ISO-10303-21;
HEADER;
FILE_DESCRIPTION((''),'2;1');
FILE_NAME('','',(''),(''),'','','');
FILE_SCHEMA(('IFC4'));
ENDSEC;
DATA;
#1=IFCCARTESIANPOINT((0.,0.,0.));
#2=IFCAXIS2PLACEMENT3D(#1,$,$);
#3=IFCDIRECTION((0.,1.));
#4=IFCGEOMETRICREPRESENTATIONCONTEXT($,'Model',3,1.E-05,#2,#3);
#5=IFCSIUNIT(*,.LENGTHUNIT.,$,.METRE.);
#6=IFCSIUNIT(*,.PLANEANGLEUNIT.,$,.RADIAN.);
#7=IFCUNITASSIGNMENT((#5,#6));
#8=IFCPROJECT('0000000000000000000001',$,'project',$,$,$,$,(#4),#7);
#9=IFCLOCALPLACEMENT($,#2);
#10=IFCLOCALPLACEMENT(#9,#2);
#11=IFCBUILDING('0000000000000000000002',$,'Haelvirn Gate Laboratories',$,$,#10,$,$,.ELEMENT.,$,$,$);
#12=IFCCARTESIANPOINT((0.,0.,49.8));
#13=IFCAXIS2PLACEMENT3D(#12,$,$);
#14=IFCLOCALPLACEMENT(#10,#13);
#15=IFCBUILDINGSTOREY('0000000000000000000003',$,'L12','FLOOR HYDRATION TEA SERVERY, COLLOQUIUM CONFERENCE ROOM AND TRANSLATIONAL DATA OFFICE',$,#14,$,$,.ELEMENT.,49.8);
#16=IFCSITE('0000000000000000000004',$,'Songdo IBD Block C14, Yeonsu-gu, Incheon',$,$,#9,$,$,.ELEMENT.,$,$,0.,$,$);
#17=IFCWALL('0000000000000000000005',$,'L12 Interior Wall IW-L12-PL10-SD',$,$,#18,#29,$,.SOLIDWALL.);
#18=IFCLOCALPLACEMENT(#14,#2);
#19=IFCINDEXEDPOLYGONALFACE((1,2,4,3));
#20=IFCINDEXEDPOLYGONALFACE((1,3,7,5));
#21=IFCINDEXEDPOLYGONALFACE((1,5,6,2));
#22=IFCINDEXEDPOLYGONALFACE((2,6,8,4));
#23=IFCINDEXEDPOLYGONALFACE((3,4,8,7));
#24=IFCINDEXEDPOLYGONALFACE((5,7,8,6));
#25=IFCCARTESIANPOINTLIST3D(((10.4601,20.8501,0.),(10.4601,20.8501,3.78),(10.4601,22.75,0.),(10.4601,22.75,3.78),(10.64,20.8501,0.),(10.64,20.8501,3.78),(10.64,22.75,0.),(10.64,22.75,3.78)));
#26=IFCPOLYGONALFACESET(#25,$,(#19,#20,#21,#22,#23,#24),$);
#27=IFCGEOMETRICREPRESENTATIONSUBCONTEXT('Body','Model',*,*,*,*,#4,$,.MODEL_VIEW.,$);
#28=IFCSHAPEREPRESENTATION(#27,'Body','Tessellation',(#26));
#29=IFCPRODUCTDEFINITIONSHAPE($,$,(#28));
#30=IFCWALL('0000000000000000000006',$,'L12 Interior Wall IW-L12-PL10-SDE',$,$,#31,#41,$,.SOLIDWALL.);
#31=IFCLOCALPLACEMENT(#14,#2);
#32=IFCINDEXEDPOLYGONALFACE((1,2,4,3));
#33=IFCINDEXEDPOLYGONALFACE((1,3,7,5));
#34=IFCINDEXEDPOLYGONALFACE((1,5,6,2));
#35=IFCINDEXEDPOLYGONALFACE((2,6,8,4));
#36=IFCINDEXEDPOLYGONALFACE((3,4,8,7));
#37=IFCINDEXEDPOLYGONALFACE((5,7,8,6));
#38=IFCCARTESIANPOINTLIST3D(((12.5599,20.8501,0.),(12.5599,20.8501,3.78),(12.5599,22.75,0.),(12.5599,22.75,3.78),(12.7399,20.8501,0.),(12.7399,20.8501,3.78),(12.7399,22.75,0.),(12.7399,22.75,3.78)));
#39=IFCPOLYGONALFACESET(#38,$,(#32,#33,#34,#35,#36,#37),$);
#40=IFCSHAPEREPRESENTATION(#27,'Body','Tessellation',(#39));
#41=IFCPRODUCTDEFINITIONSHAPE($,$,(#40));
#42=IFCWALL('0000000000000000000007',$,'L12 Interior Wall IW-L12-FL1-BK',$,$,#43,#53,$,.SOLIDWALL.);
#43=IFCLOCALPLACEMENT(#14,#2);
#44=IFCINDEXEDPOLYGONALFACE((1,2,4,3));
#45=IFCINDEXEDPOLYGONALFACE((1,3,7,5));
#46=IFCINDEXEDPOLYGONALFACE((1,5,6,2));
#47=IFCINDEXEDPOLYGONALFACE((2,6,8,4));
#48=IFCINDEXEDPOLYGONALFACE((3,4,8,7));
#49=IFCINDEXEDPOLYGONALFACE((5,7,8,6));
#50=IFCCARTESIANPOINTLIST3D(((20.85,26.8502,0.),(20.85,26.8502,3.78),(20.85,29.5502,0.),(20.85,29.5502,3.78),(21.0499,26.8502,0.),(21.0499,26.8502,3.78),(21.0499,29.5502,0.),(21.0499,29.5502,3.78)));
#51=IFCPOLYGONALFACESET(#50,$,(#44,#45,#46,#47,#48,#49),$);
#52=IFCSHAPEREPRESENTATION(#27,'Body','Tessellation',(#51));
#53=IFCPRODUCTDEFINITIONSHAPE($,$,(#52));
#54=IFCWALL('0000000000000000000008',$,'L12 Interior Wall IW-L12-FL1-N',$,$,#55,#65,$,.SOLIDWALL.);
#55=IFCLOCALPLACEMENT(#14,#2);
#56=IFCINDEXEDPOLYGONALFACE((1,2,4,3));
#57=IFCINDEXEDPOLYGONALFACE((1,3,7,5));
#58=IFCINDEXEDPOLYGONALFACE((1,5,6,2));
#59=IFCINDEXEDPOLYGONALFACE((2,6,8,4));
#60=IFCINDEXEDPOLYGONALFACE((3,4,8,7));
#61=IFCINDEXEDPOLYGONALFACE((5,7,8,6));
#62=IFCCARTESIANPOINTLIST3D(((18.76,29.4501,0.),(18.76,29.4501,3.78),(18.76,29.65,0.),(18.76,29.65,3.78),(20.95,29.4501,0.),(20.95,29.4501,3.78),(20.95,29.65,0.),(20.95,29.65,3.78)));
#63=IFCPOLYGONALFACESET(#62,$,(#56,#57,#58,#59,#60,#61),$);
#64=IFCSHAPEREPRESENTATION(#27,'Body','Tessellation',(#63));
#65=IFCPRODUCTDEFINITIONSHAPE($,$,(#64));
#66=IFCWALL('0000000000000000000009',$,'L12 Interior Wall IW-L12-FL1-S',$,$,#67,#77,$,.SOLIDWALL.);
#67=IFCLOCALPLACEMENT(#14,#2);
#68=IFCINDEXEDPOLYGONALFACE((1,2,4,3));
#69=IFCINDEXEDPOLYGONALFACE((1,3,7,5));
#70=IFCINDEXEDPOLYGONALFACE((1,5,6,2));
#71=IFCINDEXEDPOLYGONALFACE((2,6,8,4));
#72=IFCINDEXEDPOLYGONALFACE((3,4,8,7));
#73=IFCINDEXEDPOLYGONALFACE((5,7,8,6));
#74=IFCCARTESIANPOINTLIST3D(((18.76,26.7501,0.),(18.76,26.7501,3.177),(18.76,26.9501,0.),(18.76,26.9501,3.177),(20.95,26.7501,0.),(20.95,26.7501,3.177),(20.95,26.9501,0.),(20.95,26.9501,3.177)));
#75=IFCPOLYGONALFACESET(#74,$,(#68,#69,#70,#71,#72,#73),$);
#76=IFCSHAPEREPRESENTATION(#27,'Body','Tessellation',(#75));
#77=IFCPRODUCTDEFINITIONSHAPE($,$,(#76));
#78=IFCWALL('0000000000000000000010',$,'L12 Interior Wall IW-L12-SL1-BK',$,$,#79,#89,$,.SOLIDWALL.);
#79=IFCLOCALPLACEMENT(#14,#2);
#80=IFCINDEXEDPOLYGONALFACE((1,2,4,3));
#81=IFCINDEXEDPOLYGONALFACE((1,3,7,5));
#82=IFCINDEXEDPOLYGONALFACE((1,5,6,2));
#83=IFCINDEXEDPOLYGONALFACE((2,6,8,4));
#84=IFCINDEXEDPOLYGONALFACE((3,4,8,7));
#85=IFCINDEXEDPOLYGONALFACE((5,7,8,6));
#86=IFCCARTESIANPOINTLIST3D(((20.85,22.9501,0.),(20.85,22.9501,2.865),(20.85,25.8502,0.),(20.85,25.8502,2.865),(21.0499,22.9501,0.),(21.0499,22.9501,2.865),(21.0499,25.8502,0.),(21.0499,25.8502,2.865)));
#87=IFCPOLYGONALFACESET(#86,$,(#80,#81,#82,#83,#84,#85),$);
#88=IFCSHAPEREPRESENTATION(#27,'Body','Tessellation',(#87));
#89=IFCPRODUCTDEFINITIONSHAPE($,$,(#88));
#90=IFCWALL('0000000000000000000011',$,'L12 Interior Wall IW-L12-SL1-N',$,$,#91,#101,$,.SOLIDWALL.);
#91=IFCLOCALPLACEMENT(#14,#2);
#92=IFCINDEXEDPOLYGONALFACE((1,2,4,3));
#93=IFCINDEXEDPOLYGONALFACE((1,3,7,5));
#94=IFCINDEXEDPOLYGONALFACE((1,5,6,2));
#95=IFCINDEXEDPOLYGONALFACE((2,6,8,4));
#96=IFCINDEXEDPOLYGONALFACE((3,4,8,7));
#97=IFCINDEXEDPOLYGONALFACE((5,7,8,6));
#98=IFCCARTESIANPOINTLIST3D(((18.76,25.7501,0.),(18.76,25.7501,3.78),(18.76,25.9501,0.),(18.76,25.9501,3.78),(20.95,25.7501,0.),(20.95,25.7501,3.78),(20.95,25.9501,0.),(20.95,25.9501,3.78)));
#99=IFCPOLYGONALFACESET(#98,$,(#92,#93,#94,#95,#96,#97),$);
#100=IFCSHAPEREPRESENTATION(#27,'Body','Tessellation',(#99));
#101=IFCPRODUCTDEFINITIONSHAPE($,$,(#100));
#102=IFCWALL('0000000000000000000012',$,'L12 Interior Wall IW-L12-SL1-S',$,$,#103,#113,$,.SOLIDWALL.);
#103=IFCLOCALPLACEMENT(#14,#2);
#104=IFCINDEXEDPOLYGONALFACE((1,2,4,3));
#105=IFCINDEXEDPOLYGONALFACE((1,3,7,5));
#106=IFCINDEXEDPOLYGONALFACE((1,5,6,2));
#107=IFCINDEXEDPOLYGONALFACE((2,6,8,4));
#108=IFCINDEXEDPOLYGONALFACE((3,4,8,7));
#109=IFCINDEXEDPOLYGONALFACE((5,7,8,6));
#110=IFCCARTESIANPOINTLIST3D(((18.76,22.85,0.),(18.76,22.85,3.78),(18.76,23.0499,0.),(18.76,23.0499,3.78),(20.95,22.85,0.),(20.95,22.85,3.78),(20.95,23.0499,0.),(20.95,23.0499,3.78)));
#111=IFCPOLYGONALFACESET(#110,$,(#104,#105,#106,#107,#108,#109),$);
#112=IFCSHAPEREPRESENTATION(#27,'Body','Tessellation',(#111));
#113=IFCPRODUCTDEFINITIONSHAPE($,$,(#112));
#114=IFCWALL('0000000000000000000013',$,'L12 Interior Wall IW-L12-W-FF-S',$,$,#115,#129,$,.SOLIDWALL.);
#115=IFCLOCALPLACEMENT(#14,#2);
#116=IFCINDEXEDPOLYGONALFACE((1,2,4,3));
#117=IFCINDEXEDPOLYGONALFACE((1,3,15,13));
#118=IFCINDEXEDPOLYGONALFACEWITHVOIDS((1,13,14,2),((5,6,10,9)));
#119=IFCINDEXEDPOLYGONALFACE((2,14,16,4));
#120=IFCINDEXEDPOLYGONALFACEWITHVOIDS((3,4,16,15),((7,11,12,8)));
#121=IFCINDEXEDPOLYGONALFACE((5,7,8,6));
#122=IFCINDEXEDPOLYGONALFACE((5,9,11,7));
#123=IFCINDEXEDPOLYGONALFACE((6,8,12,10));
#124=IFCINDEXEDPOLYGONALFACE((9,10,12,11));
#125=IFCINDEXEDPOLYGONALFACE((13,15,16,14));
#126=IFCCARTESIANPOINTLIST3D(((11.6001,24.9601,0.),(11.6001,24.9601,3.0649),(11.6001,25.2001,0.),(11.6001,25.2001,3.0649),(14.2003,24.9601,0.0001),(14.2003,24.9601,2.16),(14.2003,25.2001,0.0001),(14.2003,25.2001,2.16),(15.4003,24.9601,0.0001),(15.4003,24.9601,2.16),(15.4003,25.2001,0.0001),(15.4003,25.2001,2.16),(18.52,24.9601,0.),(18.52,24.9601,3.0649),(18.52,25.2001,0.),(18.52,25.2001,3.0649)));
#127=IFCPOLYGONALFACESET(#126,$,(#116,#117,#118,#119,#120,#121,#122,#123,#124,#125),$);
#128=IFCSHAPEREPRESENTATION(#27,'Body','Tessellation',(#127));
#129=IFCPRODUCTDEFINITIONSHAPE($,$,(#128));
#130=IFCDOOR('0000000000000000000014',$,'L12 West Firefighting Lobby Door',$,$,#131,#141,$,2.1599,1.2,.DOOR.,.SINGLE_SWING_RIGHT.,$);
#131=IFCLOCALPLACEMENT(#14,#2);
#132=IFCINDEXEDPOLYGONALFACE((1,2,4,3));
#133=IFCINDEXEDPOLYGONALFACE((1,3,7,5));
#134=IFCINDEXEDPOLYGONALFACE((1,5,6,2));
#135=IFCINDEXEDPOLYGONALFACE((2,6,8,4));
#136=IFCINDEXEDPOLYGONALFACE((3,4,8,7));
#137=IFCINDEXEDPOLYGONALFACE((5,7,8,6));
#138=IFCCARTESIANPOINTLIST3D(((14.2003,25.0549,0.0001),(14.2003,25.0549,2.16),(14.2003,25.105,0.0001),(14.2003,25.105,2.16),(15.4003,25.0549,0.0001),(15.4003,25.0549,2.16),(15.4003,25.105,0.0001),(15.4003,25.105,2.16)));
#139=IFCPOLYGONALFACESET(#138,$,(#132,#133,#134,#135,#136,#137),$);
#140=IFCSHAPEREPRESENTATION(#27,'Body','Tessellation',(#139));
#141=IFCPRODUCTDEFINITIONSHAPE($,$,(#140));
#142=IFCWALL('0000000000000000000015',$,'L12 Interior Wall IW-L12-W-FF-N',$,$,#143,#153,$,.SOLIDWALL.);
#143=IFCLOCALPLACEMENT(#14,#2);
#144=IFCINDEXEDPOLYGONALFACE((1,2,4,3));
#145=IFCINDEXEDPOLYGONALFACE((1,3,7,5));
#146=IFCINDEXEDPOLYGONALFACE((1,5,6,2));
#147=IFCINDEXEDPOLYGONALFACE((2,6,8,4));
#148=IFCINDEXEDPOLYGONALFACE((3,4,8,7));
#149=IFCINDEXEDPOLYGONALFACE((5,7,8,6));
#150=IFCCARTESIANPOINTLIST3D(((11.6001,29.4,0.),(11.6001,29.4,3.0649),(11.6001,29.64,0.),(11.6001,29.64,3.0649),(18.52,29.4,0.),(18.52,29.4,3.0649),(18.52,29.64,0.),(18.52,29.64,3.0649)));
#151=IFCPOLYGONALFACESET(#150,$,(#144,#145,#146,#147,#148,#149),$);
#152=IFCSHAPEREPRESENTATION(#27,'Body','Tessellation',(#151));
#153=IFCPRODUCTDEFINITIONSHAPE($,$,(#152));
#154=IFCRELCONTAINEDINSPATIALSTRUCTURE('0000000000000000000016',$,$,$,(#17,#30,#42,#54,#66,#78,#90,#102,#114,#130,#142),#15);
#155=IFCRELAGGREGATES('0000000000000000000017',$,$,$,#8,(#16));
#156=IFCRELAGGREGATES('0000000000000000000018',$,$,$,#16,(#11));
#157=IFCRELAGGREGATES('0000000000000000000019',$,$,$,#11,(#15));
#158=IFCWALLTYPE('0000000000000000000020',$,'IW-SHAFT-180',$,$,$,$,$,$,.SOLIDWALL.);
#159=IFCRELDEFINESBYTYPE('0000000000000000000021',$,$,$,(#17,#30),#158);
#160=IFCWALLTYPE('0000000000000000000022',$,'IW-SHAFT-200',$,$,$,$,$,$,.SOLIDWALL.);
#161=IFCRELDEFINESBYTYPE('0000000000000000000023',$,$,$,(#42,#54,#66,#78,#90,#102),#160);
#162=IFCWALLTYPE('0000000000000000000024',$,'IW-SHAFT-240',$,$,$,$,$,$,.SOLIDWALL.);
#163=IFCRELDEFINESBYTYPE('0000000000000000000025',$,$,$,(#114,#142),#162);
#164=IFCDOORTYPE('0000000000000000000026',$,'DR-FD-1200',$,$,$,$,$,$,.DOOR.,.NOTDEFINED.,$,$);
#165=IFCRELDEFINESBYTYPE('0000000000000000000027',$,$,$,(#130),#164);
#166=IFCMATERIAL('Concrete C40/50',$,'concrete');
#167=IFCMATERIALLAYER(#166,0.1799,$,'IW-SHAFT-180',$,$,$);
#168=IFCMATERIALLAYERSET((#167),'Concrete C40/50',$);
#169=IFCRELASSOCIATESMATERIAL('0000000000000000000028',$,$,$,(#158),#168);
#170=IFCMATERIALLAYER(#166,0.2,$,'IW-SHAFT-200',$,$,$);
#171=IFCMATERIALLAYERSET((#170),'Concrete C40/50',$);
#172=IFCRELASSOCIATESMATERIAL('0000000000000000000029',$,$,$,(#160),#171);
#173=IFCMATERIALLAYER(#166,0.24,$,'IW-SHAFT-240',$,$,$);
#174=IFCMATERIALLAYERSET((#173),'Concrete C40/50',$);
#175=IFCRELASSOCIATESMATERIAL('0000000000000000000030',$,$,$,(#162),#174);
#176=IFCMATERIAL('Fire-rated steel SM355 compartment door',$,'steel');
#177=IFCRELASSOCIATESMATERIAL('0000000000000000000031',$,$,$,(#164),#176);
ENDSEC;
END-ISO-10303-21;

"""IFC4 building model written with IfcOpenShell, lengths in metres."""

from ifc_helpers import new_model, si_unit, direction, frame, frame_2d, origin, place, context, subcontext, project, spatial, rectangle, extrude, source, transform, mapped, material, layer, layer_set, type_object, type_shapes, element, fill, save


model = new_model("IFC4")

# Units and contexts
model_context = context("Model", 3, precision=1e-05, world=origin(), true_north=direction((0.0, 1.0)))
body_context = subcontext(model_context, "Body", "Model", "MODEL_VIEW")
ifc_project = project(units=[si_unit("LENGTHUNIT", "METRE"), si_unit("PLANEANGLEUNIT", "RADIAN")], contexts=[model_context])

# Site, building, storey
site_placement = place(None, origin())
site = spatial("IfcSite", under=ifc_project, at=site_placement, Name="Songdo IBD Block C14, Yeonsu-gu, Incheon", CompositionType="ELEMENT", RefElevation=0.0)
building_placement = place(site_placement, origin())
building = spatial("IfcBuilding", under=site, at=building_placement, Name="Haelvirn Gate Laboratories", CompositionType="ELEMENT")
storey_placement = place(building_placement, frame((0.0, 0.0, 49.8)))
storey = spatial("IfcBuildingStorey", under=building, at=storey_placement, Name="L12", Description="FLOOR HYDRATION TEA SERVERY, COLLOQUIUM CONFERENCE ROOM AND TRANSLATIONAL DATA OFFICE", CompositionType="ELEMENT", Elevation=49.8)

# Walls
ifc_material_1 = material(Name="Concrete C40/50", Category="concrete")
ifc_layer_1 = layer(ifc_material_1, 0.1799, Name="IW-SHAFT-180")
ifc_layer_set_1 = layer_set([ifc_layer_1], Name="Concrete C40/50")
wall_type_1 = type_object("IfcWallType", Name="IW-SHAFT-180", PredefinedType="SOLIDWALL", material=ifc_layer_set_1)
for number, where, z_axis, x_axis, name in (
    (1, (10.55, 20.8501, 0.0), (0.0, 0.0, 1.0), (0.0, 1.0, 0.0), "L12 Interior Wall IW-L12-PL10-SD"),
    (2, (12.6499, 20.8501, 0.0), (0.0, 0.0, 1.0), (0.0, 1.0, 0.0), "L12 Interior Wall IW-L12-PL10-SDE"),
):
    element("IfcWall", number, at=place(storey_placement, frame(where, z_axis=z_axis, x_axis=x_axis)), inside=storey, type_object=wall_type_1, Name=name, PredefinedType="SOLIDWALL", context=body_context, shape_type="SweptSolid", body=[
        extrude(rectangle(XDim=1.8999, YDim=0.1799, at=frame_2d((0.95, 0.0))), origin(), (0.0, 0.0, 1.0), 3.78),
    ])
ifc_layer_2 = layer(ifc_material_1, 0.2, Name="IW-SHAFT-200")
ifc_layer_set_2 = layer_set([ifc_layer_2], Name="Concrete C40/50")
wall_type_2 = type_object("IfcWallType", Name="IW-SHAFT-200", PredefinedType="SOLIDWALL", material=ifc_layer_set_2)
wall_1_placement = place(storey_placement, frame((20.95, 26.8501, 0.0), z_axis=(0.0, 0.0, 1.0), x_axis=(0.0, 1.0, 0.0)))
element("IfcWall", 3, at=wall_1_placement, inside=storey, type_object=wall_type_2, Name="L12 Interior Wall IW-L12-FL1-BK", PredefinedType="SOLIDWALL", context=body_context, shape_type="SweptSolid", body=[
    extrude(rectangle(XDim=2.7, YDim=0.2, at=frame_2d((1.3501, 0.0))), origin(), (0.0, 0.0, 1.0), 3.78),
])
wall_2_placement = place(storey_placement, frame((18.76, 29.55, 0.0), z_axis=(0.0, 0.0, 1.0), x_axis=(1.0, 0.0, 0.0)))
element("IfcWall", 4, at=wall_2_placement, inside=storey, type_object=wall_type_2, Name="L12 Interior Wall IW-L12-FL1-N", PredefinedType="SOLIDWALL", context=body_context, shape_type="SweptSolid", body=[
    extrude(rectangle(XDim=2.1899, YDim=0.2, at=frame_2d((1.095, 0.0))), origin(), (0.0, 0.0, 1.0), 3.78),
])
wall_3_placement = place(storey_placement, frame((18.76, 26.8501, 0.0), z_axis=(0.0, 0.0, 1.0), x_axis=(1.0, 0.0, 0.0)))
element("IfcWall", 5, at=wall_3_placement, inside=storey, type_object=wall_type_2, Name="L12 Interior Wall IW-L12-FL1-S", PredefinedType="SOLIDWALL", context=body_context, shape_type="SweptSolid", body=[
    extrude(rectangle(XDim=2.1899, YDim=0.2, at=frame_2d((1.095, 0.0))), origin(), (0.0, 0.0, 1.0), 3.177),
])
wall_4_placement = place(storey_placement, frame((20.95, 22.95, 0.0), z_axis=(0.0, 0.0, 1.0), x_axis=(0.0, 1.0, 0.0)))
element("IfcWall", 6, at=wall_4_placement, inside=storey, type_object=wall_type_2, Name="L12 Interior Wall IW-L12-SL1-BK", PredefinedType="SOLIDWALL", context=body_context, shape_type="SweptSolid", body=[
    extrude(rectangle(XDim=2.9001, YDim=0.2, at=frame_2d((1.4502, 0.0))), origin(), (0.0, 0.0, 1.0), 2.865),
])
for number, where, z_axis, x_axis, name in (
    (7, (18.76, 25.8501, 0.0), (0.0, 0.0, 1.0), (1.0, 0.0, 0.0), "L12 Interior Wall IW-L12-SL1-N"),
    (8, (18.76, 22.95, 0.0), (0.0, 0.0, 1.0), (1.0, 0.0, 0.0), "L12 Interior Wall IW-L12-SL1-S"),
):
    element("IfcWall", number, at=place(storey_placement, frame(where, z_axis=z_axis, x_axis=x_axis)), inside=storey, type_object=wall_type_2, Name=name, PredefinedType="SOLIDWALL", context=body_context, shape_type="SweptSolid", body=[
        extrude(rectangle(XDim=2.1899, YDim=0.2, at=frame_2d((1.095, 0.0))), origin(), (0.0, 0.0, 1.0), 3.78),
    ])

# Wall, opening, door
ifc_layer_3 = layer(ifc_material_1, 0.24, Name="IW-SHAFT-240")
ifc_layer_set_3 = layer_set([ifc_layer_3], Name="Concrete C40/50")
wall_type_3 = type_object("IfcWallType", Name="IW-SHAFT-240", PredefinedType="SOLIDWALL", material=ifc_layer_set_3)
wall_5_placement = place(storey_placement, frame((11.6001, 25.0801, 0.0), z_axis=(0.0, 0.0, 1.0), x_axis=(1.0, 0.0, 0.0)))
wall_5 = element("IfcWall", 9, at=wall_5_placement, inside=storey, type_object=wall_type_3, Name="L12 Interior Wall IW-L12-W-FF-S", PredefinedType="SOLIDWALL", context=body_context, shape_type="SweptSolid", body=[
    extrude(rectangle(XDim=6.9199, YDim=0.24, at=frame_2d((3.46, 0.0))), origin(), (0.0, 0.0, 1.0), 3.0649),
])
opening_1_placement = place(wall_5_placement, frame((2.6001, 0.0, 0.0)))
opening_1 = element("IfcOpeningElement", 10, at=opening_1_placement, cuts=wall_5, PredefinedType="OPENING", context=body_context, shape_type="SweptSolid", body=[
    extrude(rectangle(XDim=1.2, YDim=2.1599, at=frame_2d((0.6001, 1.0801))), frame((0.0, 0.1299, 0.0), z_axis=(0.0, -1.0, 0.0), x_axis=(1.0, 0.0, 0.0)), (0.0, 0.0, 1.0), 0.26),
])
ifc_material_2 = material(Name="Fire-rated steel SM355 compartment door", Category="steel")
door_type_1 = type_object("IfcDoorType", Name="DR-FD-1200", OperationType="NOTDEFINED", PredefinedType="DOOR", material=ifc_material_2)
shared_shape_1 = source(origin(), body_context, "Body", "SweptSolid", [
    extrude(rectangle(XDim=1.2, YDim=2.1599, at=frame_2d((0.6001, 1.0801))), frame((0.0, 0.0249, 0.0), z_axis=(0.0, -1.0, 0.0), x_axis=(1.0, 0.0, 0.0)), (0.0, 0.0, 1.0), 0.05),
])
type_shapes(door_type_1, [shared_shape_1])
door_1_placement = place(opening_1_placement, origin())
door_1 = element("IfcDoor", 11, at=door_1_placement, inside=storey, type_object=door_type_1, Name="L12 West Firefighting Lobby Door", OperationType="SINGLE_SWING_RIGHT", OverallHeight=2.1599, OverallWidth=1.2, PredefinedType="DOOR", context=body_context, shape_type="MappedRepresentation", body=[
    mapped(shared_shape_1, transform((0.0, 0.0, 0.0), scale=1.0)),
])
fill(opening_1, door_1)

# Wall
wall_6_placement = place(storey_placement, frame((11.6001, 29.52, 0.0), z_axis=(0.0, 0.0, 1.0), x_axis=(1.0, 0.0, 0.0)))
element("IfcWall", 12, at=wall_6_placement, inside=storey, type_object=wall_type_3, Name="L12 Interior Wall IW-L12-W-FF-N", PredefinedType="SOLIDWALL", context=body_context, shape_type="SweptSolid", body=[
    extrude(rectangle(XDim=6.9199, YDim=0.24, at=frame_2d((3.46, 0.0))), origin(), (0.0, 0.0, 1.0), 3.0649),
])

save(model, "model.ifc")
